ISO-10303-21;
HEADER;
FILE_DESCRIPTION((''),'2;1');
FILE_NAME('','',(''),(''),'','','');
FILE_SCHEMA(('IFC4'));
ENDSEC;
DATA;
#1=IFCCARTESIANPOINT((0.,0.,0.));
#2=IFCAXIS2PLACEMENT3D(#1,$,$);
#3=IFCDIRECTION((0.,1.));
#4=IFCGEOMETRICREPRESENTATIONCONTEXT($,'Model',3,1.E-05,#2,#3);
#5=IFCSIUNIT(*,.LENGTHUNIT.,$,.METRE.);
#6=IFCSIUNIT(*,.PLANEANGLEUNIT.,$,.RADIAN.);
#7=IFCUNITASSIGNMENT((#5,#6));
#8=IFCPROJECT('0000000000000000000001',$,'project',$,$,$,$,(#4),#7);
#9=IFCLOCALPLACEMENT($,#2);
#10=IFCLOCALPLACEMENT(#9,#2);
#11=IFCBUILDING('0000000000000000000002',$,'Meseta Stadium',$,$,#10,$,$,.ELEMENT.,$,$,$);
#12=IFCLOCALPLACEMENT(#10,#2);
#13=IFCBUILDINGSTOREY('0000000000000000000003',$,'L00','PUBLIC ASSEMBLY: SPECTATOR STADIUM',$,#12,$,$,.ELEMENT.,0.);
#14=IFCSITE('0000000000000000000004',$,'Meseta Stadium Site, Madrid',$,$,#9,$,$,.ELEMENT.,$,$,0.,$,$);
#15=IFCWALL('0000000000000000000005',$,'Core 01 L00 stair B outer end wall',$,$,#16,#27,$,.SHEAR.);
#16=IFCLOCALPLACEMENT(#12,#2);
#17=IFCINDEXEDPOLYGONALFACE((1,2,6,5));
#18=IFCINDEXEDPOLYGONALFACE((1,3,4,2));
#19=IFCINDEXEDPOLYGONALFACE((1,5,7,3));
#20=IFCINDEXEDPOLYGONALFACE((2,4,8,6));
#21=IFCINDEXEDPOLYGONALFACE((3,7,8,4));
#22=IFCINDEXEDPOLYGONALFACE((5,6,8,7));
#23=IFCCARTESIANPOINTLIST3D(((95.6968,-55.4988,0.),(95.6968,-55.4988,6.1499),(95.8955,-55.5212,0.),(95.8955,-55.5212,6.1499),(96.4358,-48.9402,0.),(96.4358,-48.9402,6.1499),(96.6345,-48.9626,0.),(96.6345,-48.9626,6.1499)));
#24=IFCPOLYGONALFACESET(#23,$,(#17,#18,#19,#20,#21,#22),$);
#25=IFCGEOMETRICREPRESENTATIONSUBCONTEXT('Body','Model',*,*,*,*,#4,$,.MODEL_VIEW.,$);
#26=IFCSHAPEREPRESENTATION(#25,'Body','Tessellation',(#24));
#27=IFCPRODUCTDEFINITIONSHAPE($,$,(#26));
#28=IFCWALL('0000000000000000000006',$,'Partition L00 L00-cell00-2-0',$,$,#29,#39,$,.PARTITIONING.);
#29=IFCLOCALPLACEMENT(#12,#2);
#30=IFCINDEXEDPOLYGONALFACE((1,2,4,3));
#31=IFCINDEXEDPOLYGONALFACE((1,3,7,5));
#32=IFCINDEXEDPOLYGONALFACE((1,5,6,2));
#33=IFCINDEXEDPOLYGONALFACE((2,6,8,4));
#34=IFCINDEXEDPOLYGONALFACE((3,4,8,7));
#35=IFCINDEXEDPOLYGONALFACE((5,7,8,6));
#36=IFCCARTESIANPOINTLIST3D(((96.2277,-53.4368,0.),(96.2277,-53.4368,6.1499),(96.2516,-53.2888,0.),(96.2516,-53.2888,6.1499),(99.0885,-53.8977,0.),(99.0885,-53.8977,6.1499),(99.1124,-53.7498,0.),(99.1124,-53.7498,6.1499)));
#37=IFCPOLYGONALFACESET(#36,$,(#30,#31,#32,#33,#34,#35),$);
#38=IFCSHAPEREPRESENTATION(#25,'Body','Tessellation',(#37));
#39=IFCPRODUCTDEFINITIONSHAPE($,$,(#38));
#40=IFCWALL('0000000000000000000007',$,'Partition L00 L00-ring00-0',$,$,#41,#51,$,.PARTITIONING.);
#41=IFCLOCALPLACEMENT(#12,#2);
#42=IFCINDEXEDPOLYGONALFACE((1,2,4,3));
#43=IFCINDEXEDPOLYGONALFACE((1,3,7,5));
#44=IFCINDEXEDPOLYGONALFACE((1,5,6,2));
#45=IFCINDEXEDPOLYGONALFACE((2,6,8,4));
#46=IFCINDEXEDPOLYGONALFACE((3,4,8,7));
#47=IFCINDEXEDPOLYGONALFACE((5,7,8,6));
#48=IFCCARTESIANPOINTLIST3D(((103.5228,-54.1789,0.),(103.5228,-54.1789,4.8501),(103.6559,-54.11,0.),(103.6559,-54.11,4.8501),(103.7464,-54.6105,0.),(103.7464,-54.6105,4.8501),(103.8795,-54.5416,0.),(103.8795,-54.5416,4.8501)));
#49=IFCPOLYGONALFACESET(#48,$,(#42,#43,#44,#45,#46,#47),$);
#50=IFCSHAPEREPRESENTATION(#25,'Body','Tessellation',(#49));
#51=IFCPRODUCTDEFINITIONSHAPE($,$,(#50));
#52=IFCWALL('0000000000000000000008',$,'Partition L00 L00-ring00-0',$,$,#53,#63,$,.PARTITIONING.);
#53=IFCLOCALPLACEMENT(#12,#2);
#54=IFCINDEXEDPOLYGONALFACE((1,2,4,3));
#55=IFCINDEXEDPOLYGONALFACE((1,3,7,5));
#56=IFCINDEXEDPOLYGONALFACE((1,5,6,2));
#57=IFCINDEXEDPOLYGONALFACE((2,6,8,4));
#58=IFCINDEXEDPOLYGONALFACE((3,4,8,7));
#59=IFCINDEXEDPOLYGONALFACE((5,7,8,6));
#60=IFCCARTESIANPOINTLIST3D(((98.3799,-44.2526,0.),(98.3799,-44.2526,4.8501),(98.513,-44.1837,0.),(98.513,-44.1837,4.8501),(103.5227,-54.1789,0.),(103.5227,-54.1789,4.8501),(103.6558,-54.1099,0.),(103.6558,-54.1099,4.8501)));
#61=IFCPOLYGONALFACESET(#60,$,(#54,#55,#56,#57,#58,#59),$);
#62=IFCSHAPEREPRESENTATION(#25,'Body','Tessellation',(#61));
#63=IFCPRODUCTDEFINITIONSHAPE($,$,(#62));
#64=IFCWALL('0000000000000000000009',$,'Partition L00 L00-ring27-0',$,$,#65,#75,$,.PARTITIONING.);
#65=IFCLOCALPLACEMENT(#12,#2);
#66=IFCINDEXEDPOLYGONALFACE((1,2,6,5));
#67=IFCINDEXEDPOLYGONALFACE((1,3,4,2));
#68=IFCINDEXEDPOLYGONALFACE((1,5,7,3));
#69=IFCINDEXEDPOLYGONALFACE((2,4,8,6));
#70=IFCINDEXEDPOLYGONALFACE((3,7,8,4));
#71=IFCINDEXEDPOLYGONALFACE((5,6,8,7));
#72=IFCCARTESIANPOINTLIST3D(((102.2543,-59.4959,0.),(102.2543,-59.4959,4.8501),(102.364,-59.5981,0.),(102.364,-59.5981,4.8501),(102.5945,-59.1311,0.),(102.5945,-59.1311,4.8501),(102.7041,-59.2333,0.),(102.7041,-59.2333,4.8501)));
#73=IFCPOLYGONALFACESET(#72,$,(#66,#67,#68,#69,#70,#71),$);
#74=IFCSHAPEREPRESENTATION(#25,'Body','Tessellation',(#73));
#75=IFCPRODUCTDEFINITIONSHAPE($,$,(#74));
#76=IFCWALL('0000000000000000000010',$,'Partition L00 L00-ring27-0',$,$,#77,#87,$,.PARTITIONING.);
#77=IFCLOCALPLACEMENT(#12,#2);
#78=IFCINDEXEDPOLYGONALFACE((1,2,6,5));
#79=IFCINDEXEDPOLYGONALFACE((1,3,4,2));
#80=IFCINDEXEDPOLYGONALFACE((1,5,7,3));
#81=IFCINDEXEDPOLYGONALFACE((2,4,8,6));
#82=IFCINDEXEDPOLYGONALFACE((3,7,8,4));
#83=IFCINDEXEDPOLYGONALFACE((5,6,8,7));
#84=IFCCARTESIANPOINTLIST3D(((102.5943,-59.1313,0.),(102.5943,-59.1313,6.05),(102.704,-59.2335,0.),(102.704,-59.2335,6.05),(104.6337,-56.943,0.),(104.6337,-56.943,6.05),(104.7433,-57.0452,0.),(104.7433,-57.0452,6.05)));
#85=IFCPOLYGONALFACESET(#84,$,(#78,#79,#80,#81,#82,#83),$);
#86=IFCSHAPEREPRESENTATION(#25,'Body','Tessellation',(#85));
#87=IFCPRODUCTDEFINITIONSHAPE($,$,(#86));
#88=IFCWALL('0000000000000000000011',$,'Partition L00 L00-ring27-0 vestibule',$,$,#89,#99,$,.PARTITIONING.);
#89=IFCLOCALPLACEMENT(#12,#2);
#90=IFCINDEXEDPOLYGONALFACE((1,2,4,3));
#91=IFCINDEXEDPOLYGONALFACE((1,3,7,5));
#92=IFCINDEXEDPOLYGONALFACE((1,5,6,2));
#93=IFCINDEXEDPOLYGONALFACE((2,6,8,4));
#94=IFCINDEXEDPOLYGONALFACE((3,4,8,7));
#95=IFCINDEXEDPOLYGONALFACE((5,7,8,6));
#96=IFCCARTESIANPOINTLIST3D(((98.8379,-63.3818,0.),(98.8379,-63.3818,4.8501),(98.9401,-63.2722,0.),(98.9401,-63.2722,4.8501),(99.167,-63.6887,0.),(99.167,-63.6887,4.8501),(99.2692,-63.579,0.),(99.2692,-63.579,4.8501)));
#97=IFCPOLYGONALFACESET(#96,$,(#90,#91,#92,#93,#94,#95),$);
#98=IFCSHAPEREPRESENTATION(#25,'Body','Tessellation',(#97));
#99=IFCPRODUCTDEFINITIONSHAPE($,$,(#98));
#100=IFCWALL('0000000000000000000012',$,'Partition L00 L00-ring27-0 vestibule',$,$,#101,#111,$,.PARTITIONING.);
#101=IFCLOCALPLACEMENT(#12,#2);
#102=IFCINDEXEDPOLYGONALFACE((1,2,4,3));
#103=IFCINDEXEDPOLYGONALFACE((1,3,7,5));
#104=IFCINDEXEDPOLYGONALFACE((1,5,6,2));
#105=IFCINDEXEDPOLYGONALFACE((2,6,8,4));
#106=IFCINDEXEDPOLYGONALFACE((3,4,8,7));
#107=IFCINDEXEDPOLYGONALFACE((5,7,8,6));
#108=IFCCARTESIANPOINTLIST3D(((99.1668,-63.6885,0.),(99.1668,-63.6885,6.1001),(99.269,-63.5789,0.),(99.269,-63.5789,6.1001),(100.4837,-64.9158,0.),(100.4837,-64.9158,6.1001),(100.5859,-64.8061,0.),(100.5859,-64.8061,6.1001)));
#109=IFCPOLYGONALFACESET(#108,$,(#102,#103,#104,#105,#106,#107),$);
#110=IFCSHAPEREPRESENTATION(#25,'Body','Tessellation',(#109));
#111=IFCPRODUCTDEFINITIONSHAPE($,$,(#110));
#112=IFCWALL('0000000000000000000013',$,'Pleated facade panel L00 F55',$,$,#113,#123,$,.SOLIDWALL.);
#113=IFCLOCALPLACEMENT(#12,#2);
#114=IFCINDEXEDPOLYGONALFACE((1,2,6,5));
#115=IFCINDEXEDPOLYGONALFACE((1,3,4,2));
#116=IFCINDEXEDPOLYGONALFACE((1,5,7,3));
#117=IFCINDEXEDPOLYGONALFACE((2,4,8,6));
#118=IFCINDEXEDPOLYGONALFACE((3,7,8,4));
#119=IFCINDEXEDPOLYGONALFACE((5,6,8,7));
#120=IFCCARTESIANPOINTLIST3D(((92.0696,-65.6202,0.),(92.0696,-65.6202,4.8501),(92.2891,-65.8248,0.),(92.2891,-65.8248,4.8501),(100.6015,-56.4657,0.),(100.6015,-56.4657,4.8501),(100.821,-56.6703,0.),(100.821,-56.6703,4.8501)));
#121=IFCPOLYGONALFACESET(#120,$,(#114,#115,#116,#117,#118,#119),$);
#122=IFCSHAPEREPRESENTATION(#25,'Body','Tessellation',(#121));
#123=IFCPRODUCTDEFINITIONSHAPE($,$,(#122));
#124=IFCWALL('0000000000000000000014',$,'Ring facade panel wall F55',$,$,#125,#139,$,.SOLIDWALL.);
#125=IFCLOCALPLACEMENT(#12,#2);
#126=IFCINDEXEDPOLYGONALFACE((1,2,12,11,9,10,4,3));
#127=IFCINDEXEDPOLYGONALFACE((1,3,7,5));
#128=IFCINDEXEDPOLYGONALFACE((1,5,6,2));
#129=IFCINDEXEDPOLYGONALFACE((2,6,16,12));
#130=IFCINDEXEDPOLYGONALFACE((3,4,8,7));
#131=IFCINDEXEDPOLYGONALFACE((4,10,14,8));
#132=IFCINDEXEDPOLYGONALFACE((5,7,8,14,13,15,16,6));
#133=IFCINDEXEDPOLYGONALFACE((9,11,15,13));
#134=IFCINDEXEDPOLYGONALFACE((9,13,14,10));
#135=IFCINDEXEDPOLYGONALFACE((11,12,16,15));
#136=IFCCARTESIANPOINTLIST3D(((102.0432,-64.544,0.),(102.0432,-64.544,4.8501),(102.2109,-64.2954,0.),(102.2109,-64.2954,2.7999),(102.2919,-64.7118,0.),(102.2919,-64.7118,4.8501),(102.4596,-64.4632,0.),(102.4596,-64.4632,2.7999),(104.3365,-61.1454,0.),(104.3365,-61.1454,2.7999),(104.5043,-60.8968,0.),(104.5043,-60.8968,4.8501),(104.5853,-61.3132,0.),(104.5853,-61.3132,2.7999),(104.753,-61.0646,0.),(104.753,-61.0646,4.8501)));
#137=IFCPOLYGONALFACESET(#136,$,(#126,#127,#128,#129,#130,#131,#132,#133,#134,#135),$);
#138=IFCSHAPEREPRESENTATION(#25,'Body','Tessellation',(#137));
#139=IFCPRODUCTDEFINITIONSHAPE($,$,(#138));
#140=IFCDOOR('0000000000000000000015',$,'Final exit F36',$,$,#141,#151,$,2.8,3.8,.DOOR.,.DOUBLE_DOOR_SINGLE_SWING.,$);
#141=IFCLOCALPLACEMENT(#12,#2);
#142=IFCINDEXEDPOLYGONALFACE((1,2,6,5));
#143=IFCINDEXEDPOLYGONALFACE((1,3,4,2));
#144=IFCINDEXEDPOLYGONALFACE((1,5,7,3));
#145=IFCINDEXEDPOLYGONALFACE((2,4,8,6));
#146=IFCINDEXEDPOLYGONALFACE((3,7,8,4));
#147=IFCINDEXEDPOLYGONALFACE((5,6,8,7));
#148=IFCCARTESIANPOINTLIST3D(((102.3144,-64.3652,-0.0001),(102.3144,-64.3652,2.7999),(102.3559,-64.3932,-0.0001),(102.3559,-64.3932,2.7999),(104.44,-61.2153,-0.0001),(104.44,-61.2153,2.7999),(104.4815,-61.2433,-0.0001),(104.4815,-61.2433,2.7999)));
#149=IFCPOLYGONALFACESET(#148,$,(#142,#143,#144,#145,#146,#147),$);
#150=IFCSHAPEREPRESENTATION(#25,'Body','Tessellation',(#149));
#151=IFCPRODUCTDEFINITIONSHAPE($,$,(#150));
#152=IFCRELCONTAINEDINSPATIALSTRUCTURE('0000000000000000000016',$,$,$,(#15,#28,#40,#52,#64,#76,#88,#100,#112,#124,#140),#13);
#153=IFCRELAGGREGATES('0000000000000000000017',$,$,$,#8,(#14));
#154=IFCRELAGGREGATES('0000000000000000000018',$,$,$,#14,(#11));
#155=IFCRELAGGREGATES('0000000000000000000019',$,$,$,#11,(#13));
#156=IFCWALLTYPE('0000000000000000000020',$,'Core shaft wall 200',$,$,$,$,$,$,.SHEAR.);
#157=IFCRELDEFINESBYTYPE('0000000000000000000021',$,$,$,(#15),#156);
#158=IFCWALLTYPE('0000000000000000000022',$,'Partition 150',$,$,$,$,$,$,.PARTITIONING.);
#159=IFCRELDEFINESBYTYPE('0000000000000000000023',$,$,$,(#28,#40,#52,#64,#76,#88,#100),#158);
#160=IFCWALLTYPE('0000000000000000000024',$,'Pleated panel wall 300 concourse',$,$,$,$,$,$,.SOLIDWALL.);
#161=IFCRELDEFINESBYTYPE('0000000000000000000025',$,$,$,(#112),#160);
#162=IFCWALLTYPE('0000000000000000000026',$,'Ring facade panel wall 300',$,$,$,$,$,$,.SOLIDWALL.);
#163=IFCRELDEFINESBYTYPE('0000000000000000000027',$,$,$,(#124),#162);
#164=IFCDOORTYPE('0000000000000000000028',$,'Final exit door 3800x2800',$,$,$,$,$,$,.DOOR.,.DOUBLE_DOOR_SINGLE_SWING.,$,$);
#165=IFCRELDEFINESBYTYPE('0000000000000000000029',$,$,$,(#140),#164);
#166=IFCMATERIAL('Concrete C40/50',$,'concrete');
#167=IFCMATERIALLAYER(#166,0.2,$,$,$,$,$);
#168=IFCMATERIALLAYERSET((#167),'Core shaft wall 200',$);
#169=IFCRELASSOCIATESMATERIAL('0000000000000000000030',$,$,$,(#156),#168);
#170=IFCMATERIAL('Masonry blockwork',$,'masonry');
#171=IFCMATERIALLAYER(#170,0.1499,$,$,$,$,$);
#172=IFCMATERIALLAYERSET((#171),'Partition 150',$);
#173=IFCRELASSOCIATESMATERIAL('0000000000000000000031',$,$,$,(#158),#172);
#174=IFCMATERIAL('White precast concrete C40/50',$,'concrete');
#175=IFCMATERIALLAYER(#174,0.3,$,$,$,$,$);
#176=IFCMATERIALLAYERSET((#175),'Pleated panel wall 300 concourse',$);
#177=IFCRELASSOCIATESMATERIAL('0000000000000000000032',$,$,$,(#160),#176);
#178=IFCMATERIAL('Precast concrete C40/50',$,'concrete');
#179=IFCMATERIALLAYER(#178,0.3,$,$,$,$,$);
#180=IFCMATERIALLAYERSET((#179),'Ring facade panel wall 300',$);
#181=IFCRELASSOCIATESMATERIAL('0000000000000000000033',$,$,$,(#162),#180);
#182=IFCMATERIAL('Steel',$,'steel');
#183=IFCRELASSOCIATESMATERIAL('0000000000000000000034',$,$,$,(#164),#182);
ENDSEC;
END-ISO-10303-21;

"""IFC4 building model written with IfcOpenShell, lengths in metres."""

from ifc_helpers import new_model, si_unit, direction, frame, frame_2d, origin, place, context, subcontext, project, spatial, rectangle, extrude, material, layer, layer_set, type_object, element, fill, save


model = new_model("IFC4")

# Units and contexts
model_context = context("Model", 3, precision=1e-05, world=origin(), true_north=direction((0.0, 1.0)))
body_context = subcontext(model_context, "Body", "Model", "MODEL_VIEW")
ifc_project = project(units=[si_unit("LENGTHUNIT", "METRE"), si_unit("PLANEANGLEUNIT", "RADIAN")], contexts=[model_context])

# Site, building, storey
site_placement = place(None, origin())
site = spatial("IfcSite", under=ifc_project, at=site_placement, Name="Meseta Stadium Site, Madrid", CompositionType="ELEMENT", RefElevation=0.0)
building_placement = place(site_placement, origin())
building = spatial("IfcBuilding", under=site, at=building_placement, Name="Meseta Stadium", CompositionType="ELEMENT")
storey_placement = place(building_placement, origin())
storey = spatial("IfcBuildingStorey", under=building, at=storey_placement, Name="L00", Description="PUBLIC ASSEMBLY: SPECTATOR STADIUM", CompositionType="ELEMENT", Elevation=0.0)

# Walls
ifc_material_1 = material(Name="Concrete C40/50", Category="concrete")
ifc_layer_1 = layer(ifc_material_1, 0.2)
ifc_layer_set_1 = layer_set([ifc_layer_1], Name="Core shaft wall 200")
wall_type_1 = type_object("IfcWallType", Name="Core shaft wall 200", PredefinedType="SHEAR", material=ifc_layer_set_1)
for number, where, z_axis, x_axis, name in (
    (1, (95.7961, -55.51, 0.0), (0.0, 0.0, 1.0), (0.11197, 0.993712, 0.0), "Core 01 L00 stair B outer end wall"),
):
    element("IfcWall", number, at=place(storey_placement, frame(where, z_axis=z_axis, x_axis=x_axis)), inside=storey, type_object=wall_type_1, Name=name, PredefinedType="SHEAR", context=body_context, shape_type="SweptSolid", body=[
        extrude(rectangle(XDim=6.6001, YDim=0.2, at=frame_2d((3.3, 0.0))), origin(), (0.0, 0.0, 1.0), 6.1499),
    ])
ifc_material_2 = material(Name="Masonry blockwork", Category="masonry")
ifc_layer_2 = layer(ifc_material_2, 0.1499)
ifc_layer_set_2 = layer_set([ifc_layer_2], Name="Partition 150")
wall_type_2 = type_object("IfcWallType", Name="Partition 150", PredefinedType="PARTITIONING", material=ifc_layer_set_2)
wall_1_placement = place(storey_placement, frame((99.1003, -53.8237, 0.0), z_axis=(0.0, 0.0, 1.0), x_axis=(-0.987268, 0.159068, 0.0)))
element("IfcWall", 2, at=wall_1_placement, inside=storey, type_object=wall_type_2, Name="Partition L00 L00-cell00-2-0", PredefinedType="PARTITIONING", context=body_context, shape_type="SweptSolid", body=[
    extrude(rectangle(XDim=2.8977, YDim=0.1499, at=frame_2d((1.4487, 0.0))), origin(), (0.0, 0.0, 1.0), 6.1499),
])
wall_2_placement = place(storey_placement, frame((103.813, -54.5762, 0.0), z_axis=(0.0, 0.0, 1.0), x_axis=(-0.460024, 0.887907, 0.0)))
element("IfcWall", 3, at=wall_2_placement, inside=storey, type_object=wall_type_2, Name="Partition L00 L00-ring00-0", PredefinedType="PARTITIONING", context=body_context, shape_type="SweptSolid", body=[
    extrude(rectangle(XDim=0.4861, YDim=0.1499, at=frame_2d((0.2432, 0.0))), origin(), (0.0, 0.0, 1.0), 4.8501),
])
wall_3_placement = place(storey_placement, frame((103.5894, -54.1445, 0.0), z_axis=(0.0, 0.0, 1.0), x_axis=(-0.460026, 0.887906, 0.0)))
element("IfcWall", 4, at=wall_3_placement, inside=storey, type_object=wall_type_2, Name="Partition L00 L00-ring00-0", PredefinedType="PARTITIONING", context=body_context, shape_type="SweptSolid", body=[
    extrude(rectangle(XDim=11.1794, YDim=0.1499, at=frame_2d((5.5898, 0.0))), origin(), (0.0, 0.0, 1.0), 4.8501),
])
wall_4_placement = place(storey_placement, frame((102.3091, -59.5471, 0.0), z_axis=(0.0, 0.0, 1.0), x_axis=(0.681952, 0.731397, 0.0)))
element("IfcWall", 5, at=wall_4_placement, inside=storey, type_object=wall_type_2, Name="Partition L00 L00-ring27-0", PredefinedType="PARTITIONING", context=body_context, shape_type="SweptSolid", body=[
    extrude(rectangle(XDim=0.4988, YDim=0.1499, at=frame_2d((0.2495, 0.0))), origin(), (0.0, 0.0, 1.0), 4.8501),
])
wall_5_placement = place(storey_placement, frame((102.6492, -59.1824, 0.0), z_axis=(0.0, 0.0, 1.0), x_axis=(0.681774, 0.731563, 0.0)))
element("IfcWall", 6, at=wall_5_placement, inside=storey, type_object=wall_type_2, Name="Partition L00 L00-ring27-0", PredefinedType="PARTITIONING", context=body_context, shape_type="SweptSolid", body=[
    extrude(rectangle(XDim=2.9912, YDim=0.1499, at=frame_2d((1.4956, 0.0))), origin(), (0.0, 0.0, 1.0), 6.05),
])
wall_6_placement = place(storey_placement, frame((98.8889, -63.3269, 0.0), z_axis=(0.0, 0.0, 1.0), x_axis=(0.731362, -0.68199, 0.0)))
element("IfcWall", 7, at=wall_6_placement, inside=storey, type_object=wall_type_2, Name="Partition L00 L00-ring27-0 vestibule", PredefinedType="PARTITIONING", context=body_context, shape_type="SweptSolid", body=[
    extrude(rectangle(XDim=0.45, YDim=0.1499, at=frame_2d((0.2251, 0.0))), origin(), (0.0, 0.0, 1.0), 4.8501),
])
wall_7_placement = place(storey_placement, frame((99.218, -63.6338, 0.0), z_axis=(0.0, 0.0, 1.0), x_axis=(0.731556, -0.681782, 0.0)))
element("IfcWall", 8, at=wall_7_placement, inside=storey, type_object=wall_type_2, Name="Partition L00 L00-ring27-0 vestibule", PredefinedType="PARTITIONING", context=body_context, shape_type="SweptSolid", body=[
    extrude(rectangle(XDim=1.8, YDim=0.1499, at=frame_2d((0.8999, 0.0))), origin(), (0.0, 0.0, 1.0), 6.1001),
])
ifc_material_3 = material(Name="White precast concrete C40/50", Category="concrete")
ifc_layer_3 = layer(ifc_material_3, 0.3)
ifc_layer_set_3 = layer_set([ifc_layer_3], Name="Pleated panel wall 300 concourse")
wall_type_3 = type_object("IfcWallType", Name="Pleated panel wall 300 concourse", PredefinedType="SOLIDWALL", material=ifc_layer_set_3)
wall_8_placement = place(storey_placement, frame((100.7112, -56.5681, 0.0), z_axis=(0.0, 0.0, 1.0), x_axis=(-0.681795, -0.731544, 0.0)))
element("IfcWall", 9, at=wall_8_placement, inside=storey, type_object=wall_type_3, Name="Pleated facade panel L00 F55", PredefinedType="SOLIDWALL", context=body_context, shape_type="SweptSolid", body=[
    extrude(rectangle(XDim=12.5139, YDim=0.3, at=frame_2d((6.2568, 0.0))), origin(), (0.0, 0.0, 1.0), 4.8501),
])

# Wall, opening, door
ifc_material_4 = material(Name="Precast concrete C40/50", Category="concrete")
ifc_layer_4 = layer(ifc_material_4, 0.3)
ifc_layer_set_4 = layer_set([ifc_layer_4], Name="Ring facade panel wall 300")
wall_type_4 = type_object("IfcWallType", Name="Ring facade panel wall 300", PredefinedType="SOLIDWALL", material=ifc_layer_set_4)
wall_9_placement = place(storey_placement, frame((104.6287, -60.9807, 0.0), z_axis=(0.0, 0.0, 1.0), x_axis=(-0.559365, -0.828921, 0.0)))
wall_9 = element("IfcWall", 10, at=wall_9_placement, inside=storey, type_object=wall_type_4, Name="Ring facade panel wall F55", PredefinedType="SOLIDWALL", context=body_context, shape_type="SweptSolid", body=[
    extrude(rectangle(XDim=4.3999, YDim=0.3, at=frame_2d((2.2, 0.0))), origin(), (0.0, 0.0, 1.0), 4.8501),
])
opening_placement = place(wall_9_placement, frame((0.3, 0.0, 0.0)))
opening = element("IfcOpeningElement", 11, at=opening_placement, cuts=wall_9, PredefinedType="OPENING", context=body_context, shape_type="SweptSolid", body=[
    extrude(rectangle(XDim=3.8, YDim=2.8, at=frame_2d((1.8999, 1.3999))), frame((0.0, 0.1599, 0.0), z_axis=(0.0, -1.0, 0.0), x_axis=(1.0, 0.0, 0.0)), (0.0, 0.0, 1.0), 0.3201),
])
ifc_material_5 = material(Name="Steel", Category="steel")
door_type = type_object("IfcDoorType", Name="Final exit door 3800x2800", OperationType="DOUBLE_DOOR_SINGLE_SWING", PredefinedType="DOOR", material=ifc_material_5)
door_placement = place(opening_placement, origin())
door = element("IfcDoor", 12, at=door_placement, inside=storey, type_object=door_type, Name="Final exit F36", OperationType="DOUBLE_DOOR_SINGLE_SWING", OverallHeight=2.8, OverallWidth=3.8, PredefinedType="DOOR", context=body_context, shape_type="SweptSolid", body=[
    extrude(rectangle(XDim=3.8, YDim=2.8, at=frame_2d((1.8999, 1.3999))), frame((0.0, 0.0249, 0.0), z_axis=(0.0, -1.0, 0.0), x_axis=(1.0, 0.0, 0.0)), (0.0, 0.0, 1.0), 0.05),
])
fill(opening, door)

save(model, "model.ifc")
